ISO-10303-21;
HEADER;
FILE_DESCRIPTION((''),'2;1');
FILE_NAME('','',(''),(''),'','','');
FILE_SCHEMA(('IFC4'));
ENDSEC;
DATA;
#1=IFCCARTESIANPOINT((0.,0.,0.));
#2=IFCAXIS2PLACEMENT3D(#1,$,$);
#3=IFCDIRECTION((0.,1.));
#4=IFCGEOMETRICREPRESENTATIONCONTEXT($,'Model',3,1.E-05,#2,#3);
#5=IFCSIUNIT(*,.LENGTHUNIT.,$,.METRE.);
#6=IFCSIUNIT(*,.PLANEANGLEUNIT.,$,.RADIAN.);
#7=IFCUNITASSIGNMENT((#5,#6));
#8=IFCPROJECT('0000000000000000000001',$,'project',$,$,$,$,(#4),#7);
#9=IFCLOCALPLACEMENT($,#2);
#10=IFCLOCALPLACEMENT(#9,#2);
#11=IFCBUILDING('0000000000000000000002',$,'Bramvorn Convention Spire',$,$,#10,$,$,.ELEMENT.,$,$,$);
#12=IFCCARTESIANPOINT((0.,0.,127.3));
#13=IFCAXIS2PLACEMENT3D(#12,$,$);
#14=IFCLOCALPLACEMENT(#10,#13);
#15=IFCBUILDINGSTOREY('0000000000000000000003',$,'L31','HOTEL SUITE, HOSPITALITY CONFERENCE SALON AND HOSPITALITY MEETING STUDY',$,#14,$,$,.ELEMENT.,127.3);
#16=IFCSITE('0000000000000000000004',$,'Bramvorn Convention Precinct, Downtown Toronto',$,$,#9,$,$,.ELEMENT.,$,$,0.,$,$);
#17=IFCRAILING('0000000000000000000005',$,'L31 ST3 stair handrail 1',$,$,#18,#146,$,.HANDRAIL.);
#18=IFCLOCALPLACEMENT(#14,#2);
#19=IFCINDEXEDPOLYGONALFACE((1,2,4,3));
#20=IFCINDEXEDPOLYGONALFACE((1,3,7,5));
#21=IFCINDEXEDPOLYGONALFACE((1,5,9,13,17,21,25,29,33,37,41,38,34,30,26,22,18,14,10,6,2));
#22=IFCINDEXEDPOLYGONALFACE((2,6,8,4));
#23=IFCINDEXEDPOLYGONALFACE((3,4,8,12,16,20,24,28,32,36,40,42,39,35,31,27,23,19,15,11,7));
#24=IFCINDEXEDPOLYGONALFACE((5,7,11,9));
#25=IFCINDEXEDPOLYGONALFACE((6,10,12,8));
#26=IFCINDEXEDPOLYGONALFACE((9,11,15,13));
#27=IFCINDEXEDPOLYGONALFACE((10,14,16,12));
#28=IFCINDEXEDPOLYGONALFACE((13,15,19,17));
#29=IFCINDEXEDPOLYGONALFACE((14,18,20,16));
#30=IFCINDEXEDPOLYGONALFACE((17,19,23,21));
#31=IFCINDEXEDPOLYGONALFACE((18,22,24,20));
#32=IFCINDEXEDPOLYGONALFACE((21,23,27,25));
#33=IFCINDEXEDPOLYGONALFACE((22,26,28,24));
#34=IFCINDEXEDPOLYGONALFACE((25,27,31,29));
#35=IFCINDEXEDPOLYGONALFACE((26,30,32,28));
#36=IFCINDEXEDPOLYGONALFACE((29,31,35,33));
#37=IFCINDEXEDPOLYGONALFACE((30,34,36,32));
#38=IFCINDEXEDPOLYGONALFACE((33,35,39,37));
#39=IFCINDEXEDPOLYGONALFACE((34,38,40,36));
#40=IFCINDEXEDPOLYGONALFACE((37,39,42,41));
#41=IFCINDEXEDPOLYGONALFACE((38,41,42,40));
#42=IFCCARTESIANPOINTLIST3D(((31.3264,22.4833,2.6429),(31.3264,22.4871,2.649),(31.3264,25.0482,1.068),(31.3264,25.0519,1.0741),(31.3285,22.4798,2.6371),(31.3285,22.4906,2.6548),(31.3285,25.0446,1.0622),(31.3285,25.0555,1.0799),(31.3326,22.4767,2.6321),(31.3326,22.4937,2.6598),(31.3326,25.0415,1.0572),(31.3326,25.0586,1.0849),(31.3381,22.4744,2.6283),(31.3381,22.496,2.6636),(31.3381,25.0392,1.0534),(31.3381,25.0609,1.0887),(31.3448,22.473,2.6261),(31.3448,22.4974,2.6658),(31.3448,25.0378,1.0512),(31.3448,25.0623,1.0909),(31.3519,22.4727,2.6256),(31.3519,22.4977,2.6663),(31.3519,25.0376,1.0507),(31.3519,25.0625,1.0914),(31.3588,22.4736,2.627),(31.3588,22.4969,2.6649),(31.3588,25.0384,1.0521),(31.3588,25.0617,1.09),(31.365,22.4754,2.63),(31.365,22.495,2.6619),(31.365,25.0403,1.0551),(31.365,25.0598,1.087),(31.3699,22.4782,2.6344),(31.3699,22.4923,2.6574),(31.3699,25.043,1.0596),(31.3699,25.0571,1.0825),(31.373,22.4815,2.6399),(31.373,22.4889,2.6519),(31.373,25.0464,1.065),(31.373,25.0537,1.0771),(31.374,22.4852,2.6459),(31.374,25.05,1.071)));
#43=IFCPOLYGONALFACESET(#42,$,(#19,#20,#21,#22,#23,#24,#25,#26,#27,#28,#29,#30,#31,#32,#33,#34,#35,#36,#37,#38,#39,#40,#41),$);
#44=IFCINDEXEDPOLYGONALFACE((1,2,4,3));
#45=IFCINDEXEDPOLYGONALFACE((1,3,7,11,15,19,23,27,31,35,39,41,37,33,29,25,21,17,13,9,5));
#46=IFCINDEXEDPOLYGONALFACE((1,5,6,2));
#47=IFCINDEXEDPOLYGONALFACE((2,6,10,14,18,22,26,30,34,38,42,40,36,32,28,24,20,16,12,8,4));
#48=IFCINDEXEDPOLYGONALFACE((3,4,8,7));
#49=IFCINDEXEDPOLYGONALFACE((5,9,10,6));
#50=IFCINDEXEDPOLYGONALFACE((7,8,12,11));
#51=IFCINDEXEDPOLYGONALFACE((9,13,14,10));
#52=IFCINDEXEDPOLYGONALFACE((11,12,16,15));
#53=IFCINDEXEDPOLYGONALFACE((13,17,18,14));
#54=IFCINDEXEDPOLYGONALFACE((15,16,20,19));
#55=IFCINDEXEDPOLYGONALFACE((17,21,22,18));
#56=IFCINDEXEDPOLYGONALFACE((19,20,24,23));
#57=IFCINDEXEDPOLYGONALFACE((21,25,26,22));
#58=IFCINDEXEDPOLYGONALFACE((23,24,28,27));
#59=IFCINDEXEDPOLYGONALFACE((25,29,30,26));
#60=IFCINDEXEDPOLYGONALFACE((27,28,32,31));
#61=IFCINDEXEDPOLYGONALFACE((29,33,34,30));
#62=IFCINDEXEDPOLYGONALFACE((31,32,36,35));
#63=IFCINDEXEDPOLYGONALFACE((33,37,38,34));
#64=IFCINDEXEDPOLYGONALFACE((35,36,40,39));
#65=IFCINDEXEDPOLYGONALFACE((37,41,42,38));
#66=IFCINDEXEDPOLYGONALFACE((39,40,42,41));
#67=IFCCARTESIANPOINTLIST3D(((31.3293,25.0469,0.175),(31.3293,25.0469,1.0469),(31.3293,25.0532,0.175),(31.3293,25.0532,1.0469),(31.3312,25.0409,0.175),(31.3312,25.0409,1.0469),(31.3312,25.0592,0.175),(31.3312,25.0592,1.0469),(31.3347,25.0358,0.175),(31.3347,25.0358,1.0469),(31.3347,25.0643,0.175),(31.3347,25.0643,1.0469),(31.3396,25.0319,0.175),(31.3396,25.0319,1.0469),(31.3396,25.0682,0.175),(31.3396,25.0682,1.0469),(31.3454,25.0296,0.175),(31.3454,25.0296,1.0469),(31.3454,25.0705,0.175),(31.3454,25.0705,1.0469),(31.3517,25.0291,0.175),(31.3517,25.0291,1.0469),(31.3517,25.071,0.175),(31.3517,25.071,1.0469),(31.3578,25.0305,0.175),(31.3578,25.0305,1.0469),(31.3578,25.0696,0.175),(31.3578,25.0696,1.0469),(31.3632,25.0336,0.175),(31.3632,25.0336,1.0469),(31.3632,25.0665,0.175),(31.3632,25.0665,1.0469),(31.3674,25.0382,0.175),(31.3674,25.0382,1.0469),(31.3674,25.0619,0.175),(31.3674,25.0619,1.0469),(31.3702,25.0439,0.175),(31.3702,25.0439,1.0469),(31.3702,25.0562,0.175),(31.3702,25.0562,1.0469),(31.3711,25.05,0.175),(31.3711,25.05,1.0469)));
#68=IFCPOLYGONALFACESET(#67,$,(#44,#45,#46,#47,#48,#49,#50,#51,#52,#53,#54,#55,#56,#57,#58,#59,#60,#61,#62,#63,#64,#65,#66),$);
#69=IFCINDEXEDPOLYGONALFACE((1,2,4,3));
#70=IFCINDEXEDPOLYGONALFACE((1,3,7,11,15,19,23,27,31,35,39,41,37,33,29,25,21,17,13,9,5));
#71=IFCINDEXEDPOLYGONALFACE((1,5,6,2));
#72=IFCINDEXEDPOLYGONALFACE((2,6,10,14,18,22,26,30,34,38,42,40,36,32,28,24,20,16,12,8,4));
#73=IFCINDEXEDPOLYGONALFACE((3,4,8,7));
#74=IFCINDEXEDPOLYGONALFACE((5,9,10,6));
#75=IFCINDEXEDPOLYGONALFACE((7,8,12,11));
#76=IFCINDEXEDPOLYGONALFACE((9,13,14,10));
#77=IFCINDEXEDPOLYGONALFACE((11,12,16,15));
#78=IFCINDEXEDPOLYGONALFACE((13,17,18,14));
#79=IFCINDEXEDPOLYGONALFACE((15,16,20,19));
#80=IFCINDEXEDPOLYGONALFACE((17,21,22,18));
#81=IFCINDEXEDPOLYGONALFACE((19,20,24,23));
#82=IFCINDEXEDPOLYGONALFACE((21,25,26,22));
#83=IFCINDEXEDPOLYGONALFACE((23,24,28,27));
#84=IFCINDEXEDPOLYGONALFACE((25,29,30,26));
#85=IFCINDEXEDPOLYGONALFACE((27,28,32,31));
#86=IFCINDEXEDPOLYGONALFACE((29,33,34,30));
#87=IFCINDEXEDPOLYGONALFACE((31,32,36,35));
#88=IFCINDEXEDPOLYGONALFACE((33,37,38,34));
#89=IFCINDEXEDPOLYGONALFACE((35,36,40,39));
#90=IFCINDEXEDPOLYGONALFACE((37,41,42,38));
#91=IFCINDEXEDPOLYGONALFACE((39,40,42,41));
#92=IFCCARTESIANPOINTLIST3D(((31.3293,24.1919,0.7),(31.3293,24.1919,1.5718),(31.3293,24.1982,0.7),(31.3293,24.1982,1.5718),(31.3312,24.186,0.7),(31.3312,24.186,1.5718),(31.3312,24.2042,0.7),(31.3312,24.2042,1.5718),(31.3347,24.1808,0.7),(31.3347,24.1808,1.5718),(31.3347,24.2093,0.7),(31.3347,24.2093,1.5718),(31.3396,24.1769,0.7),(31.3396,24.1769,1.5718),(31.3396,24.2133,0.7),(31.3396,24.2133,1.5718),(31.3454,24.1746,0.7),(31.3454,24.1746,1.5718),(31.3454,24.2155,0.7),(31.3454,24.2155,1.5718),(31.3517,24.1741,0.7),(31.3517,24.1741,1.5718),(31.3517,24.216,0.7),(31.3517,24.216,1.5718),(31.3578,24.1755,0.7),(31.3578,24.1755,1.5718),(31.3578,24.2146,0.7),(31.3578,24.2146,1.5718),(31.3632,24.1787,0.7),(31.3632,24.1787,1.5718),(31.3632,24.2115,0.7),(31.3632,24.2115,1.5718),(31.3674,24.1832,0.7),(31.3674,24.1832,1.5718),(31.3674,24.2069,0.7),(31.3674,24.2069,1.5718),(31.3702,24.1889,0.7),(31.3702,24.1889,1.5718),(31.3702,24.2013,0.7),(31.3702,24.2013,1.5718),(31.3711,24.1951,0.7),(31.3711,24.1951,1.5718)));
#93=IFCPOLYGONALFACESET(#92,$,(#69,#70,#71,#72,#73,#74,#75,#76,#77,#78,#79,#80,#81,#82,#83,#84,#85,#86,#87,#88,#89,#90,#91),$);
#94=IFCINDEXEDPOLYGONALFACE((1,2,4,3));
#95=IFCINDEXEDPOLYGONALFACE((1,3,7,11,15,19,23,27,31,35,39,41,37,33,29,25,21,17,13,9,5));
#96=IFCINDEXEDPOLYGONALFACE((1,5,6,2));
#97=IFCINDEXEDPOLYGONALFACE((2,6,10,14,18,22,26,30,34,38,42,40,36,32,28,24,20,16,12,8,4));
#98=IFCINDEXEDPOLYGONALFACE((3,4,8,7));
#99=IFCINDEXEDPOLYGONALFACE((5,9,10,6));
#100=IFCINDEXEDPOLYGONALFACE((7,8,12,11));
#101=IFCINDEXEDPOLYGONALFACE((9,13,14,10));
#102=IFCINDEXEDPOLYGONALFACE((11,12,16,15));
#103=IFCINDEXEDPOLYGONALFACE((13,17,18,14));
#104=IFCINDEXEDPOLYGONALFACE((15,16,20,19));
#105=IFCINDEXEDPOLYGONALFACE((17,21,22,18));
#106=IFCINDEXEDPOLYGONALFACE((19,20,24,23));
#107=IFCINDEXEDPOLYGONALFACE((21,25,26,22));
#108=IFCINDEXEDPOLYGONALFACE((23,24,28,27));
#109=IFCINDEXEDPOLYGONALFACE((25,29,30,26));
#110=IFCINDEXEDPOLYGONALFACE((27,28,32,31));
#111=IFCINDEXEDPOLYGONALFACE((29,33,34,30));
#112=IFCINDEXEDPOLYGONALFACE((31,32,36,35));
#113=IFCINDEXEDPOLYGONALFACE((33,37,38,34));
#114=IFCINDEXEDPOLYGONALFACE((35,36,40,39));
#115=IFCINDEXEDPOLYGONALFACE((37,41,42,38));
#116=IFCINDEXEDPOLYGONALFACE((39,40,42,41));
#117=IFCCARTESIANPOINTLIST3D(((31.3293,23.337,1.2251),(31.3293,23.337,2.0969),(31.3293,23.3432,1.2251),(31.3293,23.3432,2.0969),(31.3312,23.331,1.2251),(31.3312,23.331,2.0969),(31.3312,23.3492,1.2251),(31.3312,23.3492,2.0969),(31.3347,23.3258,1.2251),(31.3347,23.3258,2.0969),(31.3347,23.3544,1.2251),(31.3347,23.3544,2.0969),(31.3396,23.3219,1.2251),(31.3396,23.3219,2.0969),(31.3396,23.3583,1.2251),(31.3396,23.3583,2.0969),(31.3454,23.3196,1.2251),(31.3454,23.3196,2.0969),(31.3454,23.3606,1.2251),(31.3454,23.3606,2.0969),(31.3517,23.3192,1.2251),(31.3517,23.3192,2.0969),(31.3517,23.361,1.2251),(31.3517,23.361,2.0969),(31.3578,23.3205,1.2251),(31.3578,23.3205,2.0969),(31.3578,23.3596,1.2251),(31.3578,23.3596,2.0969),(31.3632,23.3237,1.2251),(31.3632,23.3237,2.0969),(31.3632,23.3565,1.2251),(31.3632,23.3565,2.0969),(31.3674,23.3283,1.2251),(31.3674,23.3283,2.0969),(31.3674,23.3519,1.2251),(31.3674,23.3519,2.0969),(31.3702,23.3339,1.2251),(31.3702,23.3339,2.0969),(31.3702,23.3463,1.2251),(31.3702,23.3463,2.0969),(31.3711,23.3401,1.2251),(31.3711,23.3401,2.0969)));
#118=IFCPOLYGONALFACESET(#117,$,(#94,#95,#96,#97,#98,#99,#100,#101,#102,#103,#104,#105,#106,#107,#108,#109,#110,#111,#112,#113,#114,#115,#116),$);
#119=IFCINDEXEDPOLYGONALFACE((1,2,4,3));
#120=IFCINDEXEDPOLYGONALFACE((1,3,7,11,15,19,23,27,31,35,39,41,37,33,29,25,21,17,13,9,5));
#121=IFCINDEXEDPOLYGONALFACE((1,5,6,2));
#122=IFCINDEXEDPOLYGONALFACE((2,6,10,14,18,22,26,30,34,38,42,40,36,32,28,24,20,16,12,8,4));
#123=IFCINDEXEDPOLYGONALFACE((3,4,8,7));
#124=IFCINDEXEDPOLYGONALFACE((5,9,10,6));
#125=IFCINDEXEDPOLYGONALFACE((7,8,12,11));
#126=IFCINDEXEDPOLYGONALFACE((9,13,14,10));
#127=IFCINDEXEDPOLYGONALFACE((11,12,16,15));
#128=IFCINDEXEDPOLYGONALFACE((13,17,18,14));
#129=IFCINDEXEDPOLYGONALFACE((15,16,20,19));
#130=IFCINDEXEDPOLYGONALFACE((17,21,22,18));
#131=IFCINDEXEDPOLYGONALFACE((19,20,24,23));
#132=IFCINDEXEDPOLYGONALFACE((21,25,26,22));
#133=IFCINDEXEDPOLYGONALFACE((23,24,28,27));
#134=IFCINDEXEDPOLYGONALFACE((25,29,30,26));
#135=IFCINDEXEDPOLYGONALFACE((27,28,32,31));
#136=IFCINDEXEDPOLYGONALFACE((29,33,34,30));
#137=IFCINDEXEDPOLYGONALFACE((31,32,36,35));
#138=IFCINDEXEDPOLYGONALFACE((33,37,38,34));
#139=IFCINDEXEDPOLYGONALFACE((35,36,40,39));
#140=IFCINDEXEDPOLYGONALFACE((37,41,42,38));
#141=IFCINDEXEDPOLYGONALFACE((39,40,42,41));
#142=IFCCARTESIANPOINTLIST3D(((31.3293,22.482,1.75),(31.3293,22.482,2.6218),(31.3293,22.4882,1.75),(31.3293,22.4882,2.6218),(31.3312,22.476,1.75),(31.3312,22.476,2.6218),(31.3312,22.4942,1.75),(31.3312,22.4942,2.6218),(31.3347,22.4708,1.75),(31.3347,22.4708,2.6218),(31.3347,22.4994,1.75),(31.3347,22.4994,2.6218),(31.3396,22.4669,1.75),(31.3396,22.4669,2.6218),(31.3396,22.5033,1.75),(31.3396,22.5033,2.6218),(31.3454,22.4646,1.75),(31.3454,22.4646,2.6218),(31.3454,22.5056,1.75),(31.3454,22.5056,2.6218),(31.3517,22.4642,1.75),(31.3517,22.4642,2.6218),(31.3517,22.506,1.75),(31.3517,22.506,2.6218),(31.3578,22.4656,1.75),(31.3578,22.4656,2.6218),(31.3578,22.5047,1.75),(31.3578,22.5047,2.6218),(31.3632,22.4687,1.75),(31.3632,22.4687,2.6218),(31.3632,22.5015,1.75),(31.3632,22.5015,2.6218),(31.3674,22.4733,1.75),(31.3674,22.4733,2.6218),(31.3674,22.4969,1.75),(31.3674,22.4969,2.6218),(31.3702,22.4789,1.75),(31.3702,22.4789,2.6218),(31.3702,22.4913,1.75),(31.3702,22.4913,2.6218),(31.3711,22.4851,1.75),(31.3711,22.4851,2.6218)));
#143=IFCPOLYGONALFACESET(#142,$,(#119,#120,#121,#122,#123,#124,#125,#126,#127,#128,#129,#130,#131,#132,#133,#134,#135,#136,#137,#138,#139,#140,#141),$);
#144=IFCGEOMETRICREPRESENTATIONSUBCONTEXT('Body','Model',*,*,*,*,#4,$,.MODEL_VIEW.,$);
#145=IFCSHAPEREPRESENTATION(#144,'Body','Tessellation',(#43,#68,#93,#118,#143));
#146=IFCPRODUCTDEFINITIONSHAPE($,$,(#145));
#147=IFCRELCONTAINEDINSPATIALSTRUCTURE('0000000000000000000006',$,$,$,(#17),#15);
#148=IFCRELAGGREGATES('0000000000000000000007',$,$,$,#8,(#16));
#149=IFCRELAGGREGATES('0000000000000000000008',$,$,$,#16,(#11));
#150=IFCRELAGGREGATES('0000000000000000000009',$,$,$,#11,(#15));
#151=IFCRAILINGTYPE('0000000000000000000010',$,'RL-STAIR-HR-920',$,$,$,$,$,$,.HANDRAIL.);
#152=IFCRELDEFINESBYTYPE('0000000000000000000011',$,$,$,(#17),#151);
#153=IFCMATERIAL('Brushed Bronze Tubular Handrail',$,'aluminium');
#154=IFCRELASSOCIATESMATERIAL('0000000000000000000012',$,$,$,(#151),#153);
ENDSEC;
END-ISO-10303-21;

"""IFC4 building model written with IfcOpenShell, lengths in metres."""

from ifc_helpers import new_model, si_unit, direction, frame, origin, origin_2d, place, context, subcontext, project, spatial, circle, extrude, material, type_object, element, save


model = new_model("IFC4")

# Units and contexts
model_context = context("Model", 3, precision=1e-05, world=origin(), true_north=direction((0.0, 1.0)))
body_context = subcontext(model_context, "Body", "Model", "MODEL_VIEW")
ifc_project = project(units=[si_unit("LENGTHUNIT", "METRE"), si_unit("PLANEANGLEUNIT", "RADIAN")], contexts=[model_context])

# Site, building, storey
site_placement = place(None, origin())
site = spatial("IfcSite", under=ifc_project, at=site_placement, Name="Bramvorn Convention Precinct, Downtown Toronto", CompositionType="ELEMENT", RefElevation=0.0)
building_placement = place(site_placement, origin())
building = spatial("IfcBuilding", under=site, at=building_placement, Name="Bramvorn Convention Spire", CompositionType="ELEMENT")
storey_placement = place(building_placement, frame((0.0, 0.0, 127.3)))
storey = spatial("IfcBuildingStorey", under=building, at=storey_placement, Name="L31", Description="HOTEL SUITE, HOSPITALITY CONFERENCE SALON AND HOSPITALITY MEETING STUDY", CompositionType="ELEMENT", Elevation=127.3)

# Railing
ifc_material_1 = material(Name="Brushed Bronze Tubular Handrail", Category="aluminium")
railing_type_1 = type_object("IfcRailingType", Name="RL-STAIR-HR-920", PredefinedType="HANDRAIL", material=ifc_material_1)
railing_1_placement = place(storey_placement, frame((31.3501, 25.05, 0.175)))
element("IfcRailing", 1, at=railing_1_placement, inside=storey, type_object=railing_type_1, Name="L31 ST3 stair handrail 1", PredefinedType="HANDRAIL", context=body_context, shape_type="SweptSolid", body=[
    extrude(circle(Radius=0.0239, at=origin_2d()), frame((0.0, 0.0, 0.896), z_axis=(0.0, -0.852173, 0.52326), x_axis=(1.0, 0.0, 0.0)), (0.0, 0.0, 1.0), 3.0098),
    extrude(circle(Radius=0.021, at=origin_2d()), origin(), (0.0, 0.0, 1.0), 0.8718),
    extrude(circle(Radius=0.021, at=origin_2d()), frame((0.0, -0.855, 0.5249)), (0.0, 0.0, 1.0), 0.8718),
    extrude(circle(Radius=0.021, at=origin_2d()), frame((0.0, -1.71, 1.05)), (0.0, 0.0, 1.0), 0.8718),
    extrude(circle(Radius=0.021, at=origin_2d()), frame((0.0, -2.5649, 1.575)), (0.0, 0.0, 1.0), 0.8718),
])

save(model, "model.ifc")
